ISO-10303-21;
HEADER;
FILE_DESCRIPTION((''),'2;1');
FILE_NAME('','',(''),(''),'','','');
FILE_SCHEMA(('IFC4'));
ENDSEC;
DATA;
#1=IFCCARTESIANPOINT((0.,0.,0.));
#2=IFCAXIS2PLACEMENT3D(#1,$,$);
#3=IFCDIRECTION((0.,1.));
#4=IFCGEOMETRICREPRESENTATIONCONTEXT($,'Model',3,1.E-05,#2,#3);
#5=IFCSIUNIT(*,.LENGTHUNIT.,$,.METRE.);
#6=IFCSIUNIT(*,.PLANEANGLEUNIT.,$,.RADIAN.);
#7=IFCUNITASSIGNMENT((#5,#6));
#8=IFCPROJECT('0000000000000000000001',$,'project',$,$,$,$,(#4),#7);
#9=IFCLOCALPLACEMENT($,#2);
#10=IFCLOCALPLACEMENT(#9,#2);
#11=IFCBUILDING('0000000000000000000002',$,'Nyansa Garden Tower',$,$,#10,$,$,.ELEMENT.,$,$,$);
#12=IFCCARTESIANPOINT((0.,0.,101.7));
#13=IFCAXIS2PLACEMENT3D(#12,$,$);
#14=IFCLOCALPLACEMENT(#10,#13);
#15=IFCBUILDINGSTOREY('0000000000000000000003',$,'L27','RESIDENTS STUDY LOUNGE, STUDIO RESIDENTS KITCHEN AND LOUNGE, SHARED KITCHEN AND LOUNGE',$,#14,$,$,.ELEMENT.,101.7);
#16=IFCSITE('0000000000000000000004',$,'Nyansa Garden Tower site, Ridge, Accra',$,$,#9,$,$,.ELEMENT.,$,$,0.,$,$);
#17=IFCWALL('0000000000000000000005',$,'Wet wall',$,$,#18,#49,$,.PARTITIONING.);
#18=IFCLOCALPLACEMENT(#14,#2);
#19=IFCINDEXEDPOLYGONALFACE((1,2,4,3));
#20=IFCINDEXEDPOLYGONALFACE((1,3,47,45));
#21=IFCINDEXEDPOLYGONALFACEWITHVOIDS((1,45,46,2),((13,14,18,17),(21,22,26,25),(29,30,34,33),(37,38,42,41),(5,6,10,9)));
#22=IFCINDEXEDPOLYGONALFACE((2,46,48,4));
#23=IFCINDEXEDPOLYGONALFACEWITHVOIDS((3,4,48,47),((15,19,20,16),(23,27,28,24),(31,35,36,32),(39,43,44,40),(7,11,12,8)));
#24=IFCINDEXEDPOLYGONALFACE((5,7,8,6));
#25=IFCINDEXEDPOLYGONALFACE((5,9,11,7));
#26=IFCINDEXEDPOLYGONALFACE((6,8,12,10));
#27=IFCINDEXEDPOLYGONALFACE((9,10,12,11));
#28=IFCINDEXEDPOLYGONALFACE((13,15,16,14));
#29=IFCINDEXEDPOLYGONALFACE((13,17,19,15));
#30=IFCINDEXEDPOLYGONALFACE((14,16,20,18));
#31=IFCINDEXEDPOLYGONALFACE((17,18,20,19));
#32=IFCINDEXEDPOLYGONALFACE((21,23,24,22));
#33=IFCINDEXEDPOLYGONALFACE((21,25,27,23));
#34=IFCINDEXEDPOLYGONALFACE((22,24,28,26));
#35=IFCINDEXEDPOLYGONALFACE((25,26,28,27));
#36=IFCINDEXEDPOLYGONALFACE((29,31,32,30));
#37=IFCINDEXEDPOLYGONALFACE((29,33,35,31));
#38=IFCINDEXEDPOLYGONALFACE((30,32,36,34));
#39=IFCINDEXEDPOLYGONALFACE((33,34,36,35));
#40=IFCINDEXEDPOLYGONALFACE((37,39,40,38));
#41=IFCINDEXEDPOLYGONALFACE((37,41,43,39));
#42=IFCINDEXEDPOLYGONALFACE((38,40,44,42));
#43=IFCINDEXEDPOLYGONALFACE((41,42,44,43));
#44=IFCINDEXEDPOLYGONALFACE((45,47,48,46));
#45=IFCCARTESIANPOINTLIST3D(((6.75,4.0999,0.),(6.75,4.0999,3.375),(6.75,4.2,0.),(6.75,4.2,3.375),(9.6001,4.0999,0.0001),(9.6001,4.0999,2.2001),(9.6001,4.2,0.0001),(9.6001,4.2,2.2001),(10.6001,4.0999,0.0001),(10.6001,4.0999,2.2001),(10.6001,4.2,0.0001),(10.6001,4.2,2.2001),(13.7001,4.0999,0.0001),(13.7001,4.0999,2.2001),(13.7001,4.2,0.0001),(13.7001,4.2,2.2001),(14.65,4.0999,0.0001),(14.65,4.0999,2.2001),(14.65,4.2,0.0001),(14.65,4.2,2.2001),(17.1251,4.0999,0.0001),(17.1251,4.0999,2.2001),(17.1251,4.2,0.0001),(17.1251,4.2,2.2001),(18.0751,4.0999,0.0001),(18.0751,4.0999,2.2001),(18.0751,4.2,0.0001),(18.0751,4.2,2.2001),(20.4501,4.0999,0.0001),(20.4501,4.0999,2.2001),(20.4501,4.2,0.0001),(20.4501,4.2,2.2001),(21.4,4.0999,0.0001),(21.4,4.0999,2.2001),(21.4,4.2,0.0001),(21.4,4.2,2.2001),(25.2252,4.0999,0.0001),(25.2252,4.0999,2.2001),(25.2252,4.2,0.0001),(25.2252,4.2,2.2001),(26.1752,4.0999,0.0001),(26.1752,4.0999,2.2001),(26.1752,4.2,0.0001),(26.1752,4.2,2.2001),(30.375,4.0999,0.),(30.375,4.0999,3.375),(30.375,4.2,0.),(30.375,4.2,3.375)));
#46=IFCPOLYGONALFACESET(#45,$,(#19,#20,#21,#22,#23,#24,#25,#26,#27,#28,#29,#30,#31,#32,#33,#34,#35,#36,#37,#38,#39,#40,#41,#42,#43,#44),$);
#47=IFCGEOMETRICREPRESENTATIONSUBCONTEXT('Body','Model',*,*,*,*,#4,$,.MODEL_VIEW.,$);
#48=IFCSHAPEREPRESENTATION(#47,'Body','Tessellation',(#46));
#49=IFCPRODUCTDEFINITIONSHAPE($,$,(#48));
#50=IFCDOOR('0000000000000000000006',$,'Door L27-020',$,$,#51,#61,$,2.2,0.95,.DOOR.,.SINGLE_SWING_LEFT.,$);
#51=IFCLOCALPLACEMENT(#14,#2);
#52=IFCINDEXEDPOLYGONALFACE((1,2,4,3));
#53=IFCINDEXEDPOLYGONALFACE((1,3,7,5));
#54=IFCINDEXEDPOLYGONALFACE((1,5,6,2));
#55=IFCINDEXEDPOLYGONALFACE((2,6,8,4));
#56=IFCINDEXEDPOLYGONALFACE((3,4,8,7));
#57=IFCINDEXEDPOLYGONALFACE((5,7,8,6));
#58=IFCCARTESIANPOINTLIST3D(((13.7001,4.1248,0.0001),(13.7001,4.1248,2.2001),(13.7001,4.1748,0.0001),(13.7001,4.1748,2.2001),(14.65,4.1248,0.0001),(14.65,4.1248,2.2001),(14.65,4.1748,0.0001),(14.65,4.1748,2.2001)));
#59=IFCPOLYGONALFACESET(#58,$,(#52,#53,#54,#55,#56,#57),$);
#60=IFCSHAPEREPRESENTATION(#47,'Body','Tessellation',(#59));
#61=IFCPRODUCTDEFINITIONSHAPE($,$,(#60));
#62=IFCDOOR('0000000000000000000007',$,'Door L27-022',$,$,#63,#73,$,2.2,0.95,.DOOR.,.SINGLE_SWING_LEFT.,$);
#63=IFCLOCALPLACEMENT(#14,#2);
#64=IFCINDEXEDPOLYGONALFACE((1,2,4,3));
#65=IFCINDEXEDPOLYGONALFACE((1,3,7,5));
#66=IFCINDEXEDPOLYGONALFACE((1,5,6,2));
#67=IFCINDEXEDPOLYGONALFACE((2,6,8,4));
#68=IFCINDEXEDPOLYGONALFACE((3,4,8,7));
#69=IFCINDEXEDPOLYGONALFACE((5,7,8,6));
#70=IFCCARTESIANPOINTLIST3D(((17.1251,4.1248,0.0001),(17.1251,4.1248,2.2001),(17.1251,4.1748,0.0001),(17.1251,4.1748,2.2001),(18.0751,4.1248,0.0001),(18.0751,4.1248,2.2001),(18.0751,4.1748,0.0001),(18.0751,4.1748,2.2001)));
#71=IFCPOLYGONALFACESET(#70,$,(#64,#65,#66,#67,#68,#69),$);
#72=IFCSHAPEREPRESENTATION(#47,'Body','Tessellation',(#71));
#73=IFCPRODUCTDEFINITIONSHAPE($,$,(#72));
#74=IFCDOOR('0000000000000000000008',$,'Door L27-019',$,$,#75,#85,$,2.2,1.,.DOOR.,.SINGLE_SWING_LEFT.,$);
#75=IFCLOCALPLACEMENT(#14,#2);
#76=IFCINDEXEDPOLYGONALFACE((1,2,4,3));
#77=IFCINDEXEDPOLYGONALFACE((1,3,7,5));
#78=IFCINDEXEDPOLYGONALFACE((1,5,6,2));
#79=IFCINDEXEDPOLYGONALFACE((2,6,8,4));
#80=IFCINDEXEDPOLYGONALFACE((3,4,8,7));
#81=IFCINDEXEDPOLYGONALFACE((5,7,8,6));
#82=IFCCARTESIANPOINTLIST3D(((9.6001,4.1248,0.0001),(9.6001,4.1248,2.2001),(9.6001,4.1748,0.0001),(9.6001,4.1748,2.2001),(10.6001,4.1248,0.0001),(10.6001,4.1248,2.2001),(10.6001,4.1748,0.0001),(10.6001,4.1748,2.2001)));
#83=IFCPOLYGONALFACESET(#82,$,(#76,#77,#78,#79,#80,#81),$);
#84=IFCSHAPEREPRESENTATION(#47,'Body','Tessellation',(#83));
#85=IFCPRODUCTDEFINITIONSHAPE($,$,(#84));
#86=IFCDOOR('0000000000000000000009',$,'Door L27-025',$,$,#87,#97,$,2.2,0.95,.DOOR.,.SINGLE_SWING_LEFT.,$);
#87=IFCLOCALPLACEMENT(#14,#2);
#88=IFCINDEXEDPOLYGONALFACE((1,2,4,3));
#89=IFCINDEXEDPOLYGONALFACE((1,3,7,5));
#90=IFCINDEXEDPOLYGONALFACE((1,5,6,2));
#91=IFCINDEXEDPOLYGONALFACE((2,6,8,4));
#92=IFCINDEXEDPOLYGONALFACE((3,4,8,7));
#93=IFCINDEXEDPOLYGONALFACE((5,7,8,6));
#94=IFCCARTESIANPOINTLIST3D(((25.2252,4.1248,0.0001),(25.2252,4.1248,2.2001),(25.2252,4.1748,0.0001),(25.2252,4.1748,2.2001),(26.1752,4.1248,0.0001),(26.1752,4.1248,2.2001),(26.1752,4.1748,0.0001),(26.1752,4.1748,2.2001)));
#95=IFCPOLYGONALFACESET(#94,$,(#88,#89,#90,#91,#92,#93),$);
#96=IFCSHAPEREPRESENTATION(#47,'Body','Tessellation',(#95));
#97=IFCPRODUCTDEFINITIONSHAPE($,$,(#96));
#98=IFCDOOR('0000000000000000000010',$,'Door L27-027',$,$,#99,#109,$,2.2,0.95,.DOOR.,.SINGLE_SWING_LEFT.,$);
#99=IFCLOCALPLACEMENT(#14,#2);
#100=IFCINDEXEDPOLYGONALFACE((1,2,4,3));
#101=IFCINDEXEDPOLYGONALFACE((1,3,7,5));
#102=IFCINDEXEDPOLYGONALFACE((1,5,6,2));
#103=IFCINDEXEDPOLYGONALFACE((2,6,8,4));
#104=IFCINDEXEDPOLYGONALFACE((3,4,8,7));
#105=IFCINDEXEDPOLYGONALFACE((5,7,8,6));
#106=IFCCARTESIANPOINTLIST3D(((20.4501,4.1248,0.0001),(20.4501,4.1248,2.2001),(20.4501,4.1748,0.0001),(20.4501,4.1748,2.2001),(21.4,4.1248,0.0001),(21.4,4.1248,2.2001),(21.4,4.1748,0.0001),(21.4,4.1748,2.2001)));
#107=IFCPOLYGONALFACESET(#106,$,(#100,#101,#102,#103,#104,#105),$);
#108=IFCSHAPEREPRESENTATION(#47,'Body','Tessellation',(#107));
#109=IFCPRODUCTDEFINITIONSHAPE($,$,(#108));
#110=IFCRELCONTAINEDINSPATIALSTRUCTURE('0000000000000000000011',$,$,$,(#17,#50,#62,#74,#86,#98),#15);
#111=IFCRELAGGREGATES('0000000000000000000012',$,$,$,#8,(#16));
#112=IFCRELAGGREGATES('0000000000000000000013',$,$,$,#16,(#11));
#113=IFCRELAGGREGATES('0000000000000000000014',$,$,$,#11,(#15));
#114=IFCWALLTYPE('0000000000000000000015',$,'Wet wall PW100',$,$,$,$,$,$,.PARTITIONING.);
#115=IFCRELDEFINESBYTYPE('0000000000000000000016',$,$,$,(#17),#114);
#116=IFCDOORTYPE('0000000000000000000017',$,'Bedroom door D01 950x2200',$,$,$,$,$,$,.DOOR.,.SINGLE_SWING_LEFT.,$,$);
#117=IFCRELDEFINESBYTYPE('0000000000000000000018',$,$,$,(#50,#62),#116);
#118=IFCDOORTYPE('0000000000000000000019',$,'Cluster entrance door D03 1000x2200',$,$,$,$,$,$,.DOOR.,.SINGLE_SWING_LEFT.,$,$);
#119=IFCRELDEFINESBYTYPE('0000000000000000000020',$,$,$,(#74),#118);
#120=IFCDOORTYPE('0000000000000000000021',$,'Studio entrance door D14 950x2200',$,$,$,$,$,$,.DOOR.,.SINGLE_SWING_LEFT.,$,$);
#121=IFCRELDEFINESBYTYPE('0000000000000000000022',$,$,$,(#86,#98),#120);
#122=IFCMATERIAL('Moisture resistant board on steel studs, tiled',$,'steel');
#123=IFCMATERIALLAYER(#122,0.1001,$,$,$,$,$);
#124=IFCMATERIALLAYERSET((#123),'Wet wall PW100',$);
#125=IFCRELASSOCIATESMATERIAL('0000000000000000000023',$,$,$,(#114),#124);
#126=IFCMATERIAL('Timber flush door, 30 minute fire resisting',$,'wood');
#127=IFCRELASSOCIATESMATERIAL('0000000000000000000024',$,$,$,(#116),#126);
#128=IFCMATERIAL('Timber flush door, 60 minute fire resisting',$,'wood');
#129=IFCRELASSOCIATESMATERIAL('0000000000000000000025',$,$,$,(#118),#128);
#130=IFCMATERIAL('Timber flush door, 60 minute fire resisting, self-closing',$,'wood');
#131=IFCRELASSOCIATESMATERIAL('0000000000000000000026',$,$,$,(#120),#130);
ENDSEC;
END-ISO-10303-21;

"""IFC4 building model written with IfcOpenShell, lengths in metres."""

from ifc_helpers import new_model, si_unit, direction, frame, frame_2d, origin, place, context, subcontext, project, spatial, rectangle, extrude, material, layer, layer_set, type_object, element, fill, save


model = new_model("IFC4")

# Units and contexts
model_context = context("Model", 3, precision=1e-05, world=origin(), true_north=direction((0.0, 1.0)))
body_context = subcontext(model_context, "Body", "Model", "MODEL_VIEW")
ifc_project = project(units=[si_unit("LENGTHUNIT", "METRE"), si_unit("PLANEANGLEUNIT", "RADIAN")], contexts=[model_context])

# Site, building, storey
site_placement = place(None, origin())
site = spatial("IfcSite", under=ifc_project, at=site_placement, Name="Nyansa Garden Tower site, Ridge, Accra", CompositionType="ELEMENT", RefElevation=0.0)
building_placement = place(site_placement, origin())
building = spatial("IfcBuilding", under=site, at=building_placement, Name="Nyansa Garden Tower", CompositionType="ELEMENT")
storey_placement = place(building_placement, frame((0.0, 0.0, 101.7)))
storey = spatial("IfcBuildingStorey", under=building, at=storey_placement, Name="L27", Description="RESIDENTS STUDY LOUNGE, STUDIO RESIDENTS KITCHEN AND LOUNGE, SHARED KITCHEN AND LOUNGE", CompositionType="ELEMENT", Elevation=101.7)

# Wall, openings, doors
ifc_material_1 = material(Name="Moisture resistant board on steel studs, tiled", Category="steel")
ifc_layer_1 = layer(ifc_material_1, 0.1001)
ifc_layer_set_1 = layer_set([ifc_layer_1], Name="Wet wall PW100")
wall_type_1 = type_object("IfcWallType", Name="Wet wall PW100", PredefinedType="PARTITIONING", material=ifc_layer_set_1)
wall_1_placement = place(storey_placement, frame((6.75, 4.1499, 0.0), z_axis=(0.0, 0.0, 1.0), x_axis=(1.0, 0.0, 0.0)))
wall_1 = element("IfcWall", 1, at=wall_1_placement, inside=storey, type_object=wall_type_1, Name="Wet wall", PredefinedType="PARTITIONING", context=body_context, shape_type="SweptSolid", body=[
    extrude(rectangle(XDim=23.625, YDim=0.1001, at=frame_2d((11.8125, 0.0))), origin(), (0.0, 0.0, 1.0), 3.375),
])
opening_1_placement = place(wall_1_placement, frame((2.8501, 0.0, 0.0)))
opening_1 = element("IfcOpeningElement", 2, at=opening_1_placement, cuts=wall_1, PredefinedType="OPENING", context=body_context, shape_type="SweptSolid", body=[
    extrude(rectangle(XDim=1.0, YDim=2.2, at=frame_2d((0.5, 1.1001))), frame((0.0, 0.0601, 0.0), z_axis=(0.0, -1.0, 0.0), x_axis=(1.0, 0.0, 0.0)), (0.0, 0.0, 1.0), 0.1201),
])
opening_2_placement = place(wall_1_placement, frame((6.95, 0.0, 0.0)))
opening_2 = element("IfcOpeningElement", 3, at=opening_2_placement, cuts=wall_1, PredefinedType="OPENING", context=body_context, shape_type="SweptSolid", body=[
    extrude(rectangle(XDim=0.95, YDim=2.2, at=frame_2d((0.4751, 1.1001))), frame((0.0, 0.0601, 0.0), z_axis=(0.0, -1.0, 0.0), x_axis=(1.0, 0.0, 0.0)), (0.0, 0.0, 1.0), 0.1201),
])
opening_3_placement = place(wall_1_placement, frame((10.375, 0.0, 0.0)))
opening_3 = element("IfcOpeningElement", 4, at=opening_3_placement, cuts=wall_1, PredefinedType="OPENING", context=body_context, shape_type="SweptSolid", body=[
    extrude(rectangle(XDim=0.95, YDim=2.2, at=frame_2d((0.4751, 1.1001))), frame((0.0, 0.0601, 0.0), z_axis=(0.0, -1.0, 0.0), x_axis=(1.0, 0.0, 0.0)), (0.0, 0.0, 1.0), 0.1201),
])
opening_4_placement = place(wall_1_placement, frame((18.4751, 0.0, 0.0)))
opening_4 = element("IfcOpeningElement", 5, at=opening_4_placement, cuts=wall_1, PredefinedType="OPENING", context=body_context, shape_type="SweptSolid", body=[
    extrude(rectangle(XDim=0.95, YDim=2.2, at=frame_2d((0.4751, 1.1001))), frame((0.0, 0.0601, 0.0), z_axis=(0.0, -1.0, 0.0), x_axis=(1.0, 0.0, 0.0)), (0.0, 0.0, 1.0), 0.1201),
])
opening_5_placement = place(wall_1_placement, frame((13.7, 0.0, 0.0)))
opening_5 = element("IfcOpeningElement", 6, at=opening_5_placement, cuts=wall_1, PredefinedType="OPENING", context=body_context, shape_type="SweptSolid", body=[
    extrude(rectangle(XDim=0.95, YDim=2.2, at=frame_2d((0.4751, 1.1001))), frame((0.0, 0.0601, 0.0), z_axis=(0.0, -1.0, 0.0), x_axis=(1.0, 0.0, 0.0)), (0.0, 0.0, 1.0), 0.1201),
])
ifc_material_2 = material(Name="Timber flush door, 30 minute fire resisting", Category="wood")
door_type_1 = type_object("IfcDoorType", Name="Bedroom door D01 950x2200", OperationType="SINGLE_SWING_LEFT", PredefinedType="DOOR", material=ifc_material_2)
door_1_placement = place(opening_2_placement, origin())
door_1 = element("IfcDoor", 7, at=door_1_placement, inside=storey, type_object=door_type_1, Name="Door L27-020", OperationType="SINGLE_SWING_LEFT", OverallHeight=2.2, OverallWidth=0.95, PredefinedType="DOOR", context=body_context, shape_type="SweptSolid", body=[
    extrude(rectangle(XDim=0.95, YDim=2.2, at=frame_2d((0.4751, 1.1001))), frame((0.0, 0.0249, 0.0), z_axis=(0.0, -1.0, 0.0), x_axis=(1.0, 0.0, 0.0)), (0.0, 0.0, 1.0), 0.05),
])
fill(opening_2, door_1)
door_2_placement = place(opening_3_placement, origin())
door_2 = element("IfcDoor", 8, at=door_2_placement, inside=storey, type_object=door_type_1, Name="Door L27-022", OperationType="SINGLE_SWING_LEFT", OverallHeight=2.2, OverallWidth=0.95, PredefinedType="DOOR", context=body_context, shape_type="SweptSolid", body=[
    extrude(rectangle(XDim=0.95, YDim=2.2, at=frame_2d((0.4751, 1.1001))), frame((0.0, 0.0249, 0.0), z_axis=(0.0, -1.0, 0.0), x_axis=(1.0, 0.0, 0.0)), (0.0, 0.0, 1.0), 0.05),
])
fill(opening_3, door_2)
ifc_material_3 = material(Name="Timber flush door, 60 minute fire resisting", Category="wood")
door_type_2 = type_object("IfcDoorType", Name="Cluster entrance door D03 1000x2200", OperationType="SINGLE_SWING_LEFT", PredefinedType="DOOR", material=ifc_material_3)
door_3_placement = place(opening_1_placement, origin())
door_3 = element("IfcDoor", 9, at=door_3_placement, inside=storey, type_object=door_type_2, Name="Door L27-019", OperationType="SINGLE_SWING_LEFT", OverallHeight=2.2, OverallWidth=1.0, PredefinedType="DOOR", context=body_context, shape_type="SweptSolid", body=[
    extrude(rectangle(XDim=1.0, YDim=2.2, at=frame_2d((0.5, 1.1001))), frame((0.0, 0.0249, 0.0), z_axis=(0.0, -1.0, 0.0), x_axis=(1.0, 0.0, 0.0)), (0.0, 0.0, 1.0), 0.05),
])
fill(opening_1, door_3)
ifc_material_4 = material(Name="Timber flush door, 60 minute fire resisting, self-closing", Category="wood")
door_type_3 = type_object("IfcDoorType", Name="Studio entrance door D14 950x2200", OperationType="SINGLE_SWING_LEFT", PredefinedType="DOOR", material=ifc_material_4)
door_4_placement = place(opening_4_placement, origin())
door_4 = element("IfcDoor", 10, at=door_4_placement, inside=storey, type_object=door_type_3, Name="Door L27-025", OperationType="SINGLE_SWING_LEFT", OverallHeight=2.2, OverallWidth=0.95, PredefinedType="DOOR", context=body_context, shape_type="SweptSolid", body=[
    extrude(rectangle(XDim=0.95, YDim=2.2, at=frame_2d((0.4751, 1.1001))), frame((0.0, 0.0249, 0.0), z_axis=(0.0, -1.0, 0.0), x_axis=(1.0, 0.0, 0.0)), (0.0, 0.0, 1.0), 0.05),
])
fill(opening_4, door_4)
door_5_placement = place(opening_5_placement, origin())
door_5 = element("IfcDoor", 11, at=door_5_placement, inside=storey, type_object=door_type_3, Name="Door L27-027", OperationType="SINGLE_SWING_LEFT", OverallHeight=2.2, OverallWidth=0.95, PredefinedType="DOOR", context=body_context, shape_type="SweptSolid", body=[
    extrude(rectangle(XDim=0.95, YDim=2.2, at=frame_2d((0.4751, 1.1001))), frame((0.0, 0.0249, 0.0), z_axis=(0.0, -1.0, 0.0), x_axis=(1.0, 0.0, 0.0)), (0.0, 0.0, 1.0), 0.05),
])
fill(opening_5, door_5)

save(model, "model.ifc")
